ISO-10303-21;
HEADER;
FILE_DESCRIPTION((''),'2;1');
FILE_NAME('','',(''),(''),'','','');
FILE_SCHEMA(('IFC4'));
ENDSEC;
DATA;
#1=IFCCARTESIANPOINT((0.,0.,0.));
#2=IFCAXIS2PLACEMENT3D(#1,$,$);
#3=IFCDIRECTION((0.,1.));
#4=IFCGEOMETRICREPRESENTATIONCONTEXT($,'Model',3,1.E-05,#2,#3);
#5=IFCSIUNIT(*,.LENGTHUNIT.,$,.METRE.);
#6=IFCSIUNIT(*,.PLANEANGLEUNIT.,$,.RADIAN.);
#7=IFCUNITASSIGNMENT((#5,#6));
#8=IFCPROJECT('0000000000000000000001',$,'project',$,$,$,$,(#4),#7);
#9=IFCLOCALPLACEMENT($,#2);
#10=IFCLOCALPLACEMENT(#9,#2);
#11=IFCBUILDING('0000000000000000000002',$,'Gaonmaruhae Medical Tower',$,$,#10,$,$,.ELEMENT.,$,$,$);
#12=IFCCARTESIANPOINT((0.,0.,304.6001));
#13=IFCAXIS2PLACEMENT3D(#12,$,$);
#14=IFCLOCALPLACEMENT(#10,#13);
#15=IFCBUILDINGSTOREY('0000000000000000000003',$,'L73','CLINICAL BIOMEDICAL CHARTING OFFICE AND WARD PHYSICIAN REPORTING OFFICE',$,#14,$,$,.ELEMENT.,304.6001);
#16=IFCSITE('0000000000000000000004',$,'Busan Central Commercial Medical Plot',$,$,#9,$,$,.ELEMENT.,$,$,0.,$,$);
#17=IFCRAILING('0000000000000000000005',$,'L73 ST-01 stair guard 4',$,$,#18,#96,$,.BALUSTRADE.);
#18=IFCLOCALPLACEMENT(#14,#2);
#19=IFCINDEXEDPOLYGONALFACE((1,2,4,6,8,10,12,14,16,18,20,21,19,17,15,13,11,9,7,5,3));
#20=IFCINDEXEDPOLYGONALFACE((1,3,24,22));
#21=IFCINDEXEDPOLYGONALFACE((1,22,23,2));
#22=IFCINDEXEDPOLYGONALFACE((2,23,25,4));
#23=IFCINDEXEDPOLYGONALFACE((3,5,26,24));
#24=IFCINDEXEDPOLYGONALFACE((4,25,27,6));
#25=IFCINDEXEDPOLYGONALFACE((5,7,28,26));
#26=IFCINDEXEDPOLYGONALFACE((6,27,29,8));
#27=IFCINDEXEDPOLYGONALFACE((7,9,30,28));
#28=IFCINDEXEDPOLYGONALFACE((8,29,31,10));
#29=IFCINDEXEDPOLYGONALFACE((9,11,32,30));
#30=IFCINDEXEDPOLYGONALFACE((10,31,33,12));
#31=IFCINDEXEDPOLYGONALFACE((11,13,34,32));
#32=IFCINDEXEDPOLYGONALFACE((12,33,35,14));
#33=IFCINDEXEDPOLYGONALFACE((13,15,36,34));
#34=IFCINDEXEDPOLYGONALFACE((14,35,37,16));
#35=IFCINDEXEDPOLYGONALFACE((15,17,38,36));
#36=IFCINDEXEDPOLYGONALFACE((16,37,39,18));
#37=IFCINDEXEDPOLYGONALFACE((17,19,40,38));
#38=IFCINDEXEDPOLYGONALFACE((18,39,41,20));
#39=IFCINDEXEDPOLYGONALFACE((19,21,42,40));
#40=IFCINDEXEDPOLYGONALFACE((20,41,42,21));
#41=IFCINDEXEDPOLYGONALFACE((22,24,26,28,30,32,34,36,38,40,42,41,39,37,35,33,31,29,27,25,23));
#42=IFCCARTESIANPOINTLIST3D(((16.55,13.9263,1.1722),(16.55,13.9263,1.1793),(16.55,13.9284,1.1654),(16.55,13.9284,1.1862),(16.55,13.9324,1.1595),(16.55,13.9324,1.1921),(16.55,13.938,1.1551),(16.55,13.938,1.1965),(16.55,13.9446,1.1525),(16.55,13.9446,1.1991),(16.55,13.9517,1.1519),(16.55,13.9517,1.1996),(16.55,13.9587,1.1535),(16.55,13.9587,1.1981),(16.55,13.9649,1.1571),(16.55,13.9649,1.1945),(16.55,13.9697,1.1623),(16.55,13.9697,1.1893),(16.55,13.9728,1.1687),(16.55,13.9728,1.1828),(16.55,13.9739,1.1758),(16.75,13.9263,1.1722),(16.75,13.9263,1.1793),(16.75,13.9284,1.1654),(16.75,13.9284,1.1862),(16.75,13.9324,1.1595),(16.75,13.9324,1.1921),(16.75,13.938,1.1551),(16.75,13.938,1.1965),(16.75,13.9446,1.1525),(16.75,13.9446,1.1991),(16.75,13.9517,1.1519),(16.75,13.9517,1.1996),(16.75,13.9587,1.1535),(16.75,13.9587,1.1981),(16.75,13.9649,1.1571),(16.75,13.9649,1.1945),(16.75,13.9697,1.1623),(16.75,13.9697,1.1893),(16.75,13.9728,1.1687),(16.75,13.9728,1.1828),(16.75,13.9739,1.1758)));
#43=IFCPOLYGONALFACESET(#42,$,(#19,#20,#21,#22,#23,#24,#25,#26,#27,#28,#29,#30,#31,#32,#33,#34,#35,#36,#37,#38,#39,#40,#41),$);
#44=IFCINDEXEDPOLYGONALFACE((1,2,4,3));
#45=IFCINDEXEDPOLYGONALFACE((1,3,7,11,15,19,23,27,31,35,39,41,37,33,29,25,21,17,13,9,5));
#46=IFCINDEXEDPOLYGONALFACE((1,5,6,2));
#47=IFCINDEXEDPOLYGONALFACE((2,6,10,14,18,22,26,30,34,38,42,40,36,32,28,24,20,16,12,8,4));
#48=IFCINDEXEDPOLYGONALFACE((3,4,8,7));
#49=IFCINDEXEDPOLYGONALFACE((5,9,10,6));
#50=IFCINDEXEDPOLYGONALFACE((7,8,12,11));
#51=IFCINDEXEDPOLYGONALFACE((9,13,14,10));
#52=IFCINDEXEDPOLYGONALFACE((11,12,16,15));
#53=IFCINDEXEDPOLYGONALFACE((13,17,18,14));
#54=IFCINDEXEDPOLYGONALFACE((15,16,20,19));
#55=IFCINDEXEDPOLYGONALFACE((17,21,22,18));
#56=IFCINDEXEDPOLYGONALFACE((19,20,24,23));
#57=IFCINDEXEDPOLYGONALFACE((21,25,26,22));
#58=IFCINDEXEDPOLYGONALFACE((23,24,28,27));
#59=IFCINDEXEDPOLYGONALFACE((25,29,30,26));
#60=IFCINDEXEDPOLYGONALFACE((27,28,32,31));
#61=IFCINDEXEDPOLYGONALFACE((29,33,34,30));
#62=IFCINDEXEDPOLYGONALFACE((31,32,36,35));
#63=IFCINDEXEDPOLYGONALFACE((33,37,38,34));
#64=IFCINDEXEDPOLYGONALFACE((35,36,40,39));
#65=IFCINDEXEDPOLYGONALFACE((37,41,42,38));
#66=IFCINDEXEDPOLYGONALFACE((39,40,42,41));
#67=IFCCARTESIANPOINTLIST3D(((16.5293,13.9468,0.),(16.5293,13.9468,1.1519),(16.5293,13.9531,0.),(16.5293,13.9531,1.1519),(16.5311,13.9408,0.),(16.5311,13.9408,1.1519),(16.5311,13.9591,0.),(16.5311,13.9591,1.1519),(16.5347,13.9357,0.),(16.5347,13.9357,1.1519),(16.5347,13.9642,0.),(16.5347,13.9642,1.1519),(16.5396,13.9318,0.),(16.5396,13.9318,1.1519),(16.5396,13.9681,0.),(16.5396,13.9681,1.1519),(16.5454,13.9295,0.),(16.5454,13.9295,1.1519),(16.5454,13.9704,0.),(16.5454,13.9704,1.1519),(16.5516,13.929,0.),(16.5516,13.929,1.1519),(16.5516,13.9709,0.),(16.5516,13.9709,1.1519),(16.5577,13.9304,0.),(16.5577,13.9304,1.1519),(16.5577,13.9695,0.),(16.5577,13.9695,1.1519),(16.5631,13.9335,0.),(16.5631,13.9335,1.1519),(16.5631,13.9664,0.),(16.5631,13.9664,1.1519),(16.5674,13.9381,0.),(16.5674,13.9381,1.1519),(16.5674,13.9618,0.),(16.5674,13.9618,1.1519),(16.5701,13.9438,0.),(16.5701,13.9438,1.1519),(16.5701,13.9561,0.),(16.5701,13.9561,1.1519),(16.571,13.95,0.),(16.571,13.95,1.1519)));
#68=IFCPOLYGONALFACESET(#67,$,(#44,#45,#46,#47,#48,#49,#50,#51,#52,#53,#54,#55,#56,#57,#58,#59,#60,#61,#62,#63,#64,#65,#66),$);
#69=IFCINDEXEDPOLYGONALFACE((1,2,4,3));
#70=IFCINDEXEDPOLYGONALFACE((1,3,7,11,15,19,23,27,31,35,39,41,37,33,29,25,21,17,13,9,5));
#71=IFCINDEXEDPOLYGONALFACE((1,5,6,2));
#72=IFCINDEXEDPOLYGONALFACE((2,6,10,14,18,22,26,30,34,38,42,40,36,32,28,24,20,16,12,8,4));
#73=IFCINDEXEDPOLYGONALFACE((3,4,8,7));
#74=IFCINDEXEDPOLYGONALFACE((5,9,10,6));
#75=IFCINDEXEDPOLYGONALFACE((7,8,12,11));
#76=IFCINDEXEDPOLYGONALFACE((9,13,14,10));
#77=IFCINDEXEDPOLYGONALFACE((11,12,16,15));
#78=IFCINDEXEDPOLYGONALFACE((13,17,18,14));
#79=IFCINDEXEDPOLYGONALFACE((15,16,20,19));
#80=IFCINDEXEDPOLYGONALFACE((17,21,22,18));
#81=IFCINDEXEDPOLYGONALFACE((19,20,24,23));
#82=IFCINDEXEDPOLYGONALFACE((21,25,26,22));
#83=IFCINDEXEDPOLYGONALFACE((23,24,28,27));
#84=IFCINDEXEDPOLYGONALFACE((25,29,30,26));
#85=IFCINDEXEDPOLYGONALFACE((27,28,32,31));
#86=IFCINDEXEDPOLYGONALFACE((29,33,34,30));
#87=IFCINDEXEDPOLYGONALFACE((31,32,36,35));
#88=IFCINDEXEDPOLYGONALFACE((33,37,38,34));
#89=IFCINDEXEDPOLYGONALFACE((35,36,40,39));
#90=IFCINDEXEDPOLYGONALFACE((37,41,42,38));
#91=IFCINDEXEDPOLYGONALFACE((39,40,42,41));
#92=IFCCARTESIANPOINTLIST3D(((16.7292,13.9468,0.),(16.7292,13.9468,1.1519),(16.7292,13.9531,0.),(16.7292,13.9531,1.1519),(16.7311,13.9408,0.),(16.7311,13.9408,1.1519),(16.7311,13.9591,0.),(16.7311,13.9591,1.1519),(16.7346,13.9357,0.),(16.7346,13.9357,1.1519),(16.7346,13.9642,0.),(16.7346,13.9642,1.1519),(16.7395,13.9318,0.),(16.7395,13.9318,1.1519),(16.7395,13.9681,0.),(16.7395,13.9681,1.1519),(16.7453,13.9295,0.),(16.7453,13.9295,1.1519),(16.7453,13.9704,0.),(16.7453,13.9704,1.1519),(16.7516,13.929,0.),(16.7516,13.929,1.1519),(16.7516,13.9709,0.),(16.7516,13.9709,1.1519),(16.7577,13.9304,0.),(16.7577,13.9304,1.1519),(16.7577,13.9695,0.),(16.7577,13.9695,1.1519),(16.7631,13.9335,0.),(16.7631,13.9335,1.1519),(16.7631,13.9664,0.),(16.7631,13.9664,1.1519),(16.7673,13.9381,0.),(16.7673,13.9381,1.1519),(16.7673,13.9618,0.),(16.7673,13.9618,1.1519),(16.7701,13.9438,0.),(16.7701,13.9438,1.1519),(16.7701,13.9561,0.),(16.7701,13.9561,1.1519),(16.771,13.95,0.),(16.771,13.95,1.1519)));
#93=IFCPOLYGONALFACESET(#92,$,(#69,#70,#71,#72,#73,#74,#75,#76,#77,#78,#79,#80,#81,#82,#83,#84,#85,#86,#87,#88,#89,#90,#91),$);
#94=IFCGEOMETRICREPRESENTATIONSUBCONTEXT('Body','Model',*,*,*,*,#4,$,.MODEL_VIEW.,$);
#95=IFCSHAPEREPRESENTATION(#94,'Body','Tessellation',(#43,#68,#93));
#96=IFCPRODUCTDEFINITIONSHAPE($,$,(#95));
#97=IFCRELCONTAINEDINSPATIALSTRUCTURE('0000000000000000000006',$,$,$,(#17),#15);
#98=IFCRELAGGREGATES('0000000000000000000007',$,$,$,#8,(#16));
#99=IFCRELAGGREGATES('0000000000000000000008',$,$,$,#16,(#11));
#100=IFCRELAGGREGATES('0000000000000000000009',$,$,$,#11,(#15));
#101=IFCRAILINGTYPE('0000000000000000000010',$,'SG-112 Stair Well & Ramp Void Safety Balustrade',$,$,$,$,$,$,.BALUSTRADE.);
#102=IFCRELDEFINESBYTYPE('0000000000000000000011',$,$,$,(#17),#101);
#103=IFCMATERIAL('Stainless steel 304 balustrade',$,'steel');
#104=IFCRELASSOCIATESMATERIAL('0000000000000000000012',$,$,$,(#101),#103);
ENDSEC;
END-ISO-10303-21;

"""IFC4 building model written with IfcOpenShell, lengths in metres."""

from ifc_helpers import new_model, si_unit, direction, frame, origin, origin_2d, place, context, subcontext, project, spatial, circle, extrude, material, type_object, element, save


model = new_model("IFC4")

# Units and contexts
model_context = context("Model", 3, precision=1e-05, world=origin(), true_north=direction((0.0, 1.0)))
body_context = subcontext(model_context, "Body", "Model", "MODEL_VIEW")
ifc_project = project(units=[si_unit("LENGTHUNIT", "METRE"), si_unit("PLANEANGLEUNIT", "RADIAN")], contexts=[model_context])

# Site, building, storey
site_placement = place(None, origin())
site = spatial("IfcSite", under=ifc_project, at=site_placement, Name="Busan Central Commercial Medical Plot", CompositionType="ELEMENT", RefElevation=0.0)
building_placement = place(site_placement, origin())
building = spatial("IfcBuilding", under=site, at=building_placement, Name="Gaonmaruhae Medical Tower", CompositionType="ELEMENT")
storey_placement = place(building_placement, frame((0.0, 0.0, 304.6001)))
storey = spatial("IfcBuildingStorey", under=building, at=storey_placement, Name="L73", Description="CLINICAL BIOMEDICAL CHARTING OFFICE AND WARD PHYSICIAN REPORTING OFFICE", CompositionType="ELEMENT", Elevation=304.6001)

# Railing
ifc_material_1 = material(Name="Stainless steel 304 balustrade", Category="steel")
railing_type_1 = type_object("IfcRailingType", Name="SG-112 Stair Well & Ramp Void Safety Balustrade", PredefinedType="BALUSTRADE", material=ifc_material_1)
railing_1_placement = place(storey_placement, frame((16.55, 13.95, 0.0)))
element("IfcRailing", 1, at=railing_1_placement, inside=storey, type_object=railing_type_1, Name="L73 ST-01 stair guard 4", PredefinedType="BALUSTRADE", context=body_context, shape_type="SweptSolid", body=[
    extrude(circle(Radius=0.0239, at=origin_2d()), frame((0.0, 0.0, 1.1758), z_axis=(1.0, 0.0, 0.0), x_axis=(0.0, 1.0, 0.0)), (0.0, 0.0, 1.0), 0.2),
    extrude(circle(Radius=0.021, at=origin_2d()), origin(), (0.0, 0.0, 1.0), 1.1519),
    extrude(circle(Radius=0.021, at=origin_2d()), frame((0.2, 0.0, 0.0)), (0.0, 0.0, 1.0), 1.1519),
])

save(model, "model.ifc")
